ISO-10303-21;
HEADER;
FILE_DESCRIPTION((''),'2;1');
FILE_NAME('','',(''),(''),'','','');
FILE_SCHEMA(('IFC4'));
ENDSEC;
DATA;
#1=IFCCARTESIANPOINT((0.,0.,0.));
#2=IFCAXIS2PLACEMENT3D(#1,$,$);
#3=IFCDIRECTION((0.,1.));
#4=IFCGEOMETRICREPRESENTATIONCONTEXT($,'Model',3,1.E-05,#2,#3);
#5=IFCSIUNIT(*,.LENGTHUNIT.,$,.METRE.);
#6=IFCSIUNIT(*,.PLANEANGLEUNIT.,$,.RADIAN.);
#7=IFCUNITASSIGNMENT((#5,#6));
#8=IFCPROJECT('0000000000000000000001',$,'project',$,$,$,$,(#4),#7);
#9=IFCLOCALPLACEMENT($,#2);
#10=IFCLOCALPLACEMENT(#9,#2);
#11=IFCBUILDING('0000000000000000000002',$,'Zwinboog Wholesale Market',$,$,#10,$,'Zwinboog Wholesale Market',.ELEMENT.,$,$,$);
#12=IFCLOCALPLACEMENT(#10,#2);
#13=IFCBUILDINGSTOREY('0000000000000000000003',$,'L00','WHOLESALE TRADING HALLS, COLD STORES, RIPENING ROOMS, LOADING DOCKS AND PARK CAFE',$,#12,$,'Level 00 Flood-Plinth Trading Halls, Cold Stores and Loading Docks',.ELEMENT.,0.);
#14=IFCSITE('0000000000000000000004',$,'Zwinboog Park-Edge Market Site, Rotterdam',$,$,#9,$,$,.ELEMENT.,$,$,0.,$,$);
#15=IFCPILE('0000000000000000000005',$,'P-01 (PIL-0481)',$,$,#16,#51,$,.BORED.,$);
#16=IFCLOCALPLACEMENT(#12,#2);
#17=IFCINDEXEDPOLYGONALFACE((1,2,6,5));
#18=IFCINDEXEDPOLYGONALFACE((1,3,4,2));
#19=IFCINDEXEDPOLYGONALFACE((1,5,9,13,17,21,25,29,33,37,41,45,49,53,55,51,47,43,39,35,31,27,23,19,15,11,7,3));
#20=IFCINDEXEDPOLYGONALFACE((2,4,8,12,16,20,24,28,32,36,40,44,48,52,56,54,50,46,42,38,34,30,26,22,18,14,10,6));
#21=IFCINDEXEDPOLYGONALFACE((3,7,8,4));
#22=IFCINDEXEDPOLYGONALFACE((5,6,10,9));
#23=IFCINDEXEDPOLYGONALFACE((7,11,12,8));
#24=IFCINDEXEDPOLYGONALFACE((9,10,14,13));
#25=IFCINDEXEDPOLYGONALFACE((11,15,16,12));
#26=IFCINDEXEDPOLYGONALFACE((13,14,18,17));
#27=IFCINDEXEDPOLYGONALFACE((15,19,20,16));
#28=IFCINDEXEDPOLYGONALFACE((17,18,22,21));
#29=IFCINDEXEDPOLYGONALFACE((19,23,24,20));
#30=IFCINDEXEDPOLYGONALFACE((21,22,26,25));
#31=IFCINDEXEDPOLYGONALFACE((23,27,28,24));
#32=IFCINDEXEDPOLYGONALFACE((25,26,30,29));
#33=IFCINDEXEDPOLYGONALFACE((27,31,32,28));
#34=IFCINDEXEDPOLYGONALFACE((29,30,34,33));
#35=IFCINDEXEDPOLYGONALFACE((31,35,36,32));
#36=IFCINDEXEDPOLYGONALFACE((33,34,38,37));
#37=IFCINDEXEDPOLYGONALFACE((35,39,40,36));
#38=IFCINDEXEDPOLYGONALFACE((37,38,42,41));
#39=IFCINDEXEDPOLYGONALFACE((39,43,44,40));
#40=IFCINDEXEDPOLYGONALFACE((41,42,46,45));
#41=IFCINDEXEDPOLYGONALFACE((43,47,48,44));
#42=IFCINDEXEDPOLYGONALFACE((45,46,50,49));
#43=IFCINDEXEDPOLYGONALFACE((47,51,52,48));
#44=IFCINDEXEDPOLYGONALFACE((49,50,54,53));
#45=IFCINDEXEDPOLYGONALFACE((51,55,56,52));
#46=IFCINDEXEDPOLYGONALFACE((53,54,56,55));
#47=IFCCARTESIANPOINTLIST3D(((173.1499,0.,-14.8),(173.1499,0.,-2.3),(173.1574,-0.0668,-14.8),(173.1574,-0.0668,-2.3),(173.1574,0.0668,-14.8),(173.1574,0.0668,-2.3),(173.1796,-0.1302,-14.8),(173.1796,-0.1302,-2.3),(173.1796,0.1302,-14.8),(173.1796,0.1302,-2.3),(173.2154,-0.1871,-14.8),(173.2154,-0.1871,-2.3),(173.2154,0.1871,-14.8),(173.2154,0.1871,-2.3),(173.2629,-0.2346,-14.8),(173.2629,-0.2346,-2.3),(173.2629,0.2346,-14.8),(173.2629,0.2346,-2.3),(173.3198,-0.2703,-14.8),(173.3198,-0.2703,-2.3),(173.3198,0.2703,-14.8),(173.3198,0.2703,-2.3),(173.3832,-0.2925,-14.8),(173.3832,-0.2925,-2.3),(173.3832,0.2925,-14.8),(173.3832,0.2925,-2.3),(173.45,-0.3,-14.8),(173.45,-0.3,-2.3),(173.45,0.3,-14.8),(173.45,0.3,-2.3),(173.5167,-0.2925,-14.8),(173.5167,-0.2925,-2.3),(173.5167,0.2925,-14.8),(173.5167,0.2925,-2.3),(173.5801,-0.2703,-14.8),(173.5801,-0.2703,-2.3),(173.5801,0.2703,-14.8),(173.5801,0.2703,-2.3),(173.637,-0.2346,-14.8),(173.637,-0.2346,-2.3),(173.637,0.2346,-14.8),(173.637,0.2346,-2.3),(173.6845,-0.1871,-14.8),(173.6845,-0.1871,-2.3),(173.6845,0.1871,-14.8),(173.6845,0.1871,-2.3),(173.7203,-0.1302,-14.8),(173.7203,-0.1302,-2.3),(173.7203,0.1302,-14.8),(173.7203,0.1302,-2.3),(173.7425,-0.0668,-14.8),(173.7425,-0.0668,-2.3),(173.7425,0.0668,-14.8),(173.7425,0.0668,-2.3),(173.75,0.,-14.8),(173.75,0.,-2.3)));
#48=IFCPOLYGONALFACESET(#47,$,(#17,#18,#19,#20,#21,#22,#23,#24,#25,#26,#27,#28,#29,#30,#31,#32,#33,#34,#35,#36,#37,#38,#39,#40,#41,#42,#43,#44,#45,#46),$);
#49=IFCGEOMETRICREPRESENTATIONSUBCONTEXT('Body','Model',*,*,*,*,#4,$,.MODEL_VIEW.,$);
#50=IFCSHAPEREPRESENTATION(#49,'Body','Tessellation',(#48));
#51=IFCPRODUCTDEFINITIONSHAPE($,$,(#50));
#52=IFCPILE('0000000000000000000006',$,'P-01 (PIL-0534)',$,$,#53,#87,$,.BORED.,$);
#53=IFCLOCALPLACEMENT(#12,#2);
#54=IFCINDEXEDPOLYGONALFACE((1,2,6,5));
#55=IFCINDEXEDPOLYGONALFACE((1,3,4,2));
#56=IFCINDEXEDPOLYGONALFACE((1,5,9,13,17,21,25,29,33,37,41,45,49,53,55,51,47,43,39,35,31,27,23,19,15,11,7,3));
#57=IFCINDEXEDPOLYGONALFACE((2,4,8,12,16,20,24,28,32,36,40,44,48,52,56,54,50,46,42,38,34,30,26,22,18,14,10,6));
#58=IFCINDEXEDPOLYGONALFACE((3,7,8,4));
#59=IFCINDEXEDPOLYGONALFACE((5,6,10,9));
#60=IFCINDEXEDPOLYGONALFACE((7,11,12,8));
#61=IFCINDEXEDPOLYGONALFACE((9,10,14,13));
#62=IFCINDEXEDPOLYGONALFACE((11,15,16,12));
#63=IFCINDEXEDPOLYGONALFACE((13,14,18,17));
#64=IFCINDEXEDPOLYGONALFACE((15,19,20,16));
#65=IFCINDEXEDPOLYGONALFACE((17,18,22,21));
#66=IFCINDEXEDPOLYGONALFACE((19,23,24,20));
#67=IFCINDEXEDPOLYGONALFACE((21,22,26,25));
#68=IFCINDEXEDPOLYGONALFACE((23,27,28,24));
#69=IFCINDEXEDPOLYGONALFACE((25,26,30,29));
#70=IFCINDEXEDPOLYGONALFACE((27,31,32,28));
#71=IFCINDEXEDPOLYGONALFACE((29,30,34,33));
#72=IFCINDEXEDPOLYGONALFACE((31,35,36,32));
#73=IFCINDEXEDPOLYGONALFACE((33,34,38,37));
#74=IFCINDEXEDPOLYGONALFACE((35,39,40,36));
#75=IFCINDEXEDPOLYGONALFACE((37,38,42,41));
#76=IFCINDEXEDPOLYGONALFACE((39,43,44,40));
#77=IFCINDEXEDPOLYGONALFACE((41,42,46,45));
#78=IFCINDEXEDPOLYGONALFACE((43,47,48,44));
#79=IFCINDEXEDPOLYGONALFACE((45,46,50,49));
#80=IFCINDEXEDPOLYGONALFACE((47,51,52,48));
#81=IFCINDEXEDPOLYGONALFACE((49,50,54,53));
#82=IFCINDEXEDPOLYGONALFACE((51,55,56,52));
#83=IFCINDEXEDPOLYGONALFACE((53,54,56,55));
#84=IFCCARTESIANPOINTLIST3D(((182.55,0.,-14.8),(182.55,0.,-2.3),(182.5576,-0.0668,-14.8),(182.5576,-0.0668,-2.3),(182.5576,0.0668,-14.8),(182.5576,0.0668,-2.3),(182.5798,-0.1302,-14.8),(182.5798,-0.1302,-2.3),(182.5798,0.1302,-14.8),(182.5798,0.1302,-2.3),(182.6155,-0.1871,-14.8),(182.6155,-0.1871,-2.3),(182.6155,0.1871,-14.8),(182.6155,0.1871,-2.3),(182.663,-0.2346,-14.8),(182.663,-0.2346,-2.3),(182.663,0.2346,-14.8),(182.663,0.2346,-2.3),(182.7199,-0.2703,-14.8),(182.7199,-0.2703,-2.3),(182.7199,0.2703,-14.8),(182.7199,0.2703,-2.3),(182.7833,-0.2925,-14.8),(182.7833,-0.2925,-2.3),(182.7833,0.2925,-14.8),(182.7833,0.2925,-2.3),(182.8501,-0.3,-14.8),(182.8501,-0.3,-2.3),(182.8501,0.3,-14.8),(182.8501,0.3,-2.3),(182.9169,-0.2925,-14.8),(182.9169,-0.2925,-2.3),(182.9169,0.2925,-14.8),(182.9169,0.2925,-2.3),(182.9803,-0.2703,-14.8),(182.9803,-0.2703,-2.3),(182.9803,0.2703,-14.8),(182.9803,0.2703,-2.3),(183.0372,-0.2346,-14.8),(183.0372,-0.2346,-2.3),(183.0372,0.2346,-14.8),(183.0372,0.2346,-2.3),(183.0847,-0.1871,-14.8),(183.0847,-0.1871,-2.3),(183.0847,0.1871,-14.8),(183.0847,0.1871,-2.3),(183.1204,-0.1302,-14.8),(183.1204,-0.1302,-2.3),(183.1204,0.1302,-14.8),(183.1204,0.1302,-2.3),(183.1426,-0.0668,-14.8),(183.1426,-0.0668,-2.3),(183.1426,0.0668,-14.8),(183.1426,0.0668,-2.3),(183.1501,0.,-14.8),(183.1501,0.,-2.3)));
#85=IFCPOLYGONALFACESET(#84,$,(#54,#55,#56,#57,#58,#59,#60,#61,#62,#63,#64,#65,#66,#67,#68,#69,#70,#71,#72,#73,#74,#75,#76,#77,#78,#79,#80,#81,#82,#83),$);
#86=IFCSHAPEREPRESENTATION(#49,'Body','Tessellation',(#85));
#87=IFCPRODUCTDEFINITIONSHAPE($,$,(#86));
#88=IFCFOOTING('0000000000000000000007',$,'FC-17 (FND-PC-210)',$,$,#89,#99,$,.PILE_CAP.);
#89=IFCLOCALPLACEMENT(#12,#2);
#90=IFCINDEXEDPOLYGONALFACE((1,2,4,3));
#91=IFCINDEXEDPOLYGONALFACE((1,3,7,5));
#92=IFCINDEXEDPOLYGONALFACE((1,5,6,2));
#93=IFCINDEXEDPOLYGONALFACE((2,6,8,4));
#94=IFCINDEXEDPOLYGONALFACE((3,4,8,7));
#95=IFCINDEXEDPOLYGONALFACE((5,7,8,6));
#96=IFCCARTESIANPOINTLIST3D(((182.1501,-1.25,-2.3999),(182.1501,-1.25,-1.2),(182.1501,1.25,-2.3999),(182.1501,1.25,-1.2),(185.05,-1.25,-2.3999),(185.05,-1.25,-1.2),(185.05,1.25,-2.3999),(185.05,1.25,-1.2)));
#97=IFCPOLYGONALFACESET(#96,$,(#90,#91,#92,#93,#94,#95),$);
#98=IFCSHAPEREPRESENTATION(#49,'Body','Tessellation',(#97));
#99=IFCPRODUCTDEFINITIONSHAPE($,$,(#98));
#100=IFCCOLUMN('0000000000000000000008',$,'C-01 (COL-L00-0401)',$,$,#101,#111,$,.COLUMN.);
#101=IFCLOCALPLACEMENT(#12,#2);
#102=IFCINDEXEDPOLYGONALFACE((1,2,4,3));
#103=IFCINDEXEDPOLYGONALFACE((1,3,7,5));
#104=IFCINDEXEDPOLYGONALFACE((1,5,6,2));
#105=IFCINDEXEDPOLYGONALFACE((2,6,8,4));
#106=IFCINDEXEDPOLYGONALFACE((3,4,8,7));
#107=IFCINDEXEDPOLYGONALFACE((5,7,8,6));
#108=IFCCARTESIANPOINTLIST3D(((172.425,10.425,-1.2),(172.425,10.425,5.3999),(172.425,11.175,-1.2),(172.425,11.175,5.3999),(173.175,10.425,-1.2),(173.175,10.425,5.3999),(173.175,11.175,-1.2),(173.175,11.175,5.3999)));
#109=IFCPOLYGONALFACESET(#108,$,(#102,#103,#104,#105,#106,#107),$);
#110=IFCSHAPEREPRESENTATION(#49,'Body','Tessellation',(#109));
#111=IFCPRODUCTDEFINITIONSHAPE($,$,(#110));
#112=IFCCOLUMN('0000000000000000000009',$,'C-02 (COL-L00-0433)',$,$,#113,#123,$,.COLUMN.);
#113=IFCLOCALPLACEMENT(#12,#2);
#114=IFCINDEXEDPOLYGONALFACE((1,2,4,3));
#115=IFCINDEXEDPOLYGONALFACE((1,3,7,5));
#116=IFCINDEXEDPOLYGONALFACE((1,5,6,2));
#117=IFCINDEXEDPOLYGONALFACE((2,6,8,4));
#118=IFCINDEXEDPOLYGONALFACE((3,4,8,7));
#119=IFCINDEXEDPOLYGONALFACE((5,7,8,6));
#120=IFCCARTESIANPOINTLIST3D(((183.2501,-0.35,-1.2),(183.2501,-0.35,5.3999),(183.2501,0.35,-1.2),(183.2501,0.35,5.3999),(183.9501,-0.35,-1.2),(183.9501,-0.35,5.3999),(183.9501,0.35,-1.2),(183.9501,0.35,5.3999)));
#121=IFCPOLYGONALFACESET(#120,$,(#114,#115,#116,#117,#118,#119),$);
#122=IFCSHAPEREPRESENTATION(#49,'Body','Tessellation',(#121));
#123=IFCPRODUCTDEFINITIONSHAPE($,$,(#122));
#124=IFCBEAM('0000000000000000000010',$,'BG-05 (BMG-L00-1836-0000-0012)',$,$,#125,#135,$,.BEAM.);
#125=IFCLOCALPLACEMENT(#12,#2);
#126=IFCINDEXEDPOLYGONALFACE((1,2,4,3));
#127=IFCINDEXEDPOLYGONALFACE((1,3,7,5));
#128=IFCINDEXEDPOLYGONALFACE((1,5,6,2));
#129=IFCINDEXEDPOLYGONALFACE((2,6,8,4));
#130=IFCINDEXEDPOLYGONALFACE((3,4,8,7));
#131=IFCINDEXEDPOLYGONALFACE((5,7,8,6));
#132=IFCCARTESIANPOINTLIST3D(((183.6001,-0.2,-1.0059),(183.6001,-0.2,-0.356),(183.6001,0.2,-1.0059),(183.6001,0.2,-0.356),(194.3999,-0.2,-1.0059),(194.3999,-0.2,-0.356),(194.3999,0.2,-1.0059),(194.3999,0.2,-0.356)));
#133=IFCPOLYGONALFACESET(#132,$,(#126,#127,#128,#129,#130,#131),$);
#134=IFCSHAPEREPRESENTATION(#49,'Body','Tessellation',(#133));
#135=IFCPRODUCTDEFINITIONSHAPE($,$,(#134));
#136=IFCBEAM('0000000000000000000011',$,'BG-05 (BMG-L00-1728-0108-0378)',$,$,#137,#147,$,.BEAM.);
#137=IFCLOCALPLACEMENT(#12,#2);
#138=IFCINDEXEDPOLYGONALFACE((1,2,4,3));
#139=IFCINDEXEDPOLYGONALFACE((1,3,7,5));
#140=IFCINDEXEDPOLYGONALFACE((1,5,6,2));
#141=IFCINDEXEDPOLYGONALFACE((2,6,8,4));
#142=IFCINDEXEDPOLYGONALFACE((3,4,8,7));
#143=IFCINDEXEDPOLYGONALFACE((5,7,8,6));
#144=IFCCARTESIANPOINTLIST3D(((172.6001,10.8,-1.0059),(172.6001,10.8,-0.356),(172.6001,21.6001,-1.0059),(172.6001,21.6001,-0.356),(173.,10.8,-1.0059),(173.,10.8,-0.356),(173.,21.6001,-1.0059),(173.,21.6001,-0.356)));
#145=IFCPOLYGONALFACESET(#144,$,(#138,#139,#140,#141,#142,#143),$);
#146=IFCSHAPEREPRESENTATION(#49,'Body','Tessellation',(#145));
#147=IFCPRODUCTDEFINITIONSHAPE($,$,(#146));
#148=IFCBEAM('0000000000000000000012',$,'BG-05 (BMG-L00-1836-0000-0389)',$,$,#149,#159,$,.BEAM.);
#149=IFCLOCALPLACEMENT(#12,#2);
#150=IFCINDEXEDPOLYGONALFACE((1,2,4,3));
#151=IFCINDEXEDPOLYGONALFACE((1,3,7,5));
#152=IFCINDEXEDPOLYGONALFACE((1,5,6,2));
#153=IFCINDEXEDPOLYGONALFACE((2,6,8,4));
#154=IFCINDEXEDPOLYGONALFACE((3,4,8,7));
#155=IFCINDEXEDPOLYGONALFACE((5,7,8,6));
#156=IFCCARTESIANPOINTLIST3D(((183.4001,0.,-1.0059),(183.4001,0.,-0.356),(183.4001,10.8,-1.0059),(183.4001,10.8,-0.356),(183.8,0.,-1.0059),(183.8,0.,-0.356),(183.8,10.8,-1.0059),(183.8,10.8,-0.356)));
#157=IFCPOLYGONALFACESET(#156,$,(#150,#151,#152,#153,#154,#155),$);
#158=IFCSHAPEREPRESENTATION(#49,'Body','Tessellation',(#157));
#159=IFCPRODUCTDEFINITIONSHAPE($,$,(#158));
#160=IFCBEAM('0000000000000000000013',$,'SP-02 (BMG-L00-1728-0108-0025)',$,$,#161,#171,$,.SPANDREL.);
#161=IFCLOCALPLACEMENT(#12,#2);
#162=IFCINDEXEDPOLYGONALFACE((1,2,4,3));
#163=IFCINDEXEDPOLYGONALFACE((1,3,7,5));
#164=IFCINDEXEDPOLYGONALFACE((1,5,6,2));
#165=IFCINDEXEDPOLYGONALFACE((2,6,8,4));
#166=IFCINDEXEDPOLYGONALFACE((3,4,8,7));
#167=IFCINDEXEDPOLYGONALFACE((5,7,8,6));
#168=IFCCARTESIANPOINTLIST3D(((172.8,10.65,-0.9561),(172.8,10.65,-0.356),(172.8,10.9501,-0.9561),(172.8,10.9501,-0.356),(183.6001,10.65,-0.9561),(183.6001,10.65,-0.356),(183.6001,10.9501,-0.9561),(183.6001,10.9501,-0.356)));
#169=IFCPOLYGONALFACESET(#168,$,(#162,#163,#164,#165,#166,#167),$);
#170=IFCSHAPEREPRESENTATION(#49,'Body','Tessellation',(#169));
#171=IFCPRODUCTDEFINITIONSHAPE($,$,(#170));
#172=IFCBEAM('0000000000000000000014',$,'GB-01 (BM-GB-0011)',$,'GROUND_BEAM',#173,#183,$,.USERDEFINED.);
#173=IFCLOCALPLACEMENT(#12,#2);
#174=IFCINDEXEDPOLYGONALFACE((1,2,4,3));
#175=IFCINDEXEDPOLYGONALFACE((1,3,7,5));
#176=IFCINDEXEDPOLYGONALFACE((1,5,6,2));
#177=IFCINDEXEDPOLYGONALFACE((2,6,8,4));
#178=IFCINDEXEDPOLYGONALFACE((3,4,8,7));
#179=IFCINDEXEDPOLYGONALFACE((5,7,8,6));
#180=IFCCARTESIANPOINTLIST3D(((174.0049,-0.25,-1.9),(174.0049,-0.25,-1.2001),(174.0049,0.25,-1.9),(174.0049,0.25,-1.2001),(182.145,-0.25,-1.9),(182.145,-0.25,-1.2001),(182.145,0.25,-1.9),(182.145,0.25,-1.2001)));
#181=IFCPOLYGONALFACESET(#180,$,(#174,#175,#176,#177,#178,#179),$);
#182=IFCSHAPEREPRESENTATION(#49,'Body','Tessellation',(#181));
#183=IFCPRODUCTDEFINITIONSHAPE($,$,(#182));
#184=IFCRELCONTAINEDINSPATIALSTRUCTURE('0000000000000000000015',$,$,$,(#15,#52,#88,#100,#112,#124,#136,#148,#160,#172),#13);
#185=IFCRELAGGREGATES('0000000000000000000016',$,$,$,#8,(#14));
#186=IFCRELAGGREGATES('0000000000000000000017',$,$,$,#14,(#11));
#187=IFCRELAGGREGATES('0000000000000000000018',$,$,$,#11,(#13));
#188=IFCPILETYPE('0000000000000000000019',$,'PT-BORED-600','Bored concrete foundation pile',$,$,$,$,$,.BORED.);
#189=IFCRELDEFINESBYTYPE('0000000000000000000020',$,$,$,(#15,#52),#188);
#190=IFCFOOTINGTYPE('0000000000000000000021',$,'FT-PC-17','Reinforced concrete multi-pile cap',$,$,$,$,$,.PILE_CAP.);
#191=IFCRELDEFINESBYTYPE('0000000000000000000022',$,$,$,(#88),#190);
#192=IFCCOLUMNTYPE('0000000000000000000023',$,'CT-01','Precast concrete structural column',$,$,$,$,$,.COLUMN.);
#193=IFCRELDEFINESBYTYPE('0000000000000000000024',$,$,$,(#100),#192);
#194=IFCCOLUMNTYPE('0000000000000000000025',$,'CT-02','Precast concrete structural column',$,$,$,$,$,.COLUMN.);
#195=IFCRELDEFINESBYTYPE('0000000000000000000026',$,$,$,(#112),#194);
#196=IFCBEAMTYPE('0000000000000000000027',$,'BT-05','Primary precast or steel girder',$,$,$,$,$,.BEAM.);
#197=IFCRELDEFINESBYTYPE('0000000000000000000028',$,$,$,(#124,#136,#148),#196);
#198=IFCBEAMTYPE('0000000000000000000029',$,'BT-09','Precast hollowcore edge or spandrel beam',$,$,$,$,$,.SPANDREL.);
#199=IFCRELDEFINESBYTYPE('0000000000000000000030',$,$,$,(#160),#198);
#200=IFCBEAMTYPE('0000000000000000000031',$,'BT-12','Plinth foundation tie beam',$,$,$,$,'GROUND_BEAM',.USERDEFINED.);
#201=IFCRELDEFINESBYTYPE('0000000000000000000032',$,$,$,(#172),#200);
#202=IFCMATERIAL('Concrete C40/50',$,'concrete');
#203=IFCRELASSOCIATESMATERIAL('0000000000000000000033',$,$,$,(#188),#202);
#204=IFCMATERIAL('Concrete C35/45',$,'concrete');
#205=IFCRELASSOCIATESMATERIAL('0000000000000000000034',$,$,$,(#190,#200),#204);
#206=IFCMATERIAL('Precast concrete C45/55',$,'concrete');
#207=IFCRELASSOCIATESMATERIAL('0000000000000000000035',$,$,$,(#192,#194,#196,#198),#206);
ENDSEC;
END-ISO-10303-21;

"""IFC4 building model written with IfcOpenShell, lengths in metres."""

from ifc_helpers import new_model, si_unit, direction, frame, origin, origin_2d, place, context, subcontext, project, spatial, rectangle, circle, extrude, material, material_profile, profile_set, type_object, element, save


model = new_model("IFC4")

# Units and contexts
model_context = context("Model", 3, precision=1e-05, world=origin(), true_north=direction((0.0, 1.0)))
body_context = subcontext(model_context, "Body", "Model", "MODEL_VIEW")
ifc_project = project(units=[si_unit("LENGTHUNIT", "METRE"), si_unit("PLANEANGLEUNIT", "RADIAN")], contexts=[model_context])

# Site, building, storey
site_placement = place(None, origin())
site = spatial("IfcSite", under=ifc_project, at=site_placement, Name="Zwinboog Park-Edge Market Site, Rotterdam", CompositionType="ELEMENT", RefElevation=0.0)
building_placement = place(site_placement, origin())
building = spatial("IfcBuilding", under=site, at=building_placement, Name="Zwinboog Wholesale Market", LongName="Zwinboog Wholesale Market", CompositionType="ELEMENT")
storey_placement = place(building_placement, origin())
storey = spatial("IfcBuildingStorey", under=building, at=storey_placement, Name="L00", Description="WHOLESALE TRADING HALLS, COLD STORES, RIPENING ROOMS, LOADING DOCKS AND PARK CAFE", LongName="Level 00 Flood-Plinth Trading Halls, Cold Stores and Loading Docks", CompositionType="ELEMENT", Elevation=0.0)

# Piles
ifc_material_1 = material(Name="Concrete C40/50", Category="concrete")
ifc_material_profile_1 = material_profile(ifc_material_1, circle(Radius=0.3, at=origin_2d()), Name="PILE D600")
ifc_profile_set_1 = profile_set([ifc_material_profile_1], Name="Concrete C40/50")
pile_type = type_object("IfcPileType", Name="PT-BORED-600", Description="Bored concrete foundation pile", PredefinedType="BORED", material=ifc_profile_set_1)
for number, where, z_axis, x_axis, name in (
    (1, (173.45, 0.0, -2.3), (0.0, 0.0, -1.0), (1.0, 0.0, 0.0), "P-01 (PIL-0481)"),
    (2, (182.8501, 0.0, -2.3), (0.0, 0.0, -1.0), (1.0, 0.0, 0.0), "P-01 (PIL-0534)"),
):
    element("IfcPile", number, at=place(storey_placement, frame(where, z_axis=z_axis, x_axis=x_axis)), inside=storey, type_object=pile_type, Name=name, PredefinedType="BORED", context=body_context, shape_type="SweptSolid", body=[
        extrude(circle(Radius=0.3, at=origin_2d()), origin(), (0.0, 0.0, 1.0), 12.5),
    ])

# Footing
ifc_material_2 = material(Name="Concrete C35/45", Category="concrete")
footing_type = type_object("IfcFootingType", Name="FT-PC-17", Description="Reinforced concrete multi-pile cap", PredefinedType="PILE_CAP", material=ifc_material_2)
footing_placement = place(storey_placement, frame((183.6001, 0.0, -2.3999), z_axis=(0.0, 0.0, 1.0), x_axis=(1.0, 0.0, 0.0)))
element("IfcFooting", 3, at=footing_placement, inside=storey, type_object=footing_type, Name="FC-17 (FND-PC-210)", PredefinedType="PILE_CAP", context=body_context, shape_type="SweptSolid", body=[
    extrude(rectangle(XDim=2.8999, YDim=2.5, at=origin_2d()), origin(), (0.0, 0.0, 1.0), 1.2),
])

# Columns
ifc_material_3 = material(Name="Precast concrete C45/55", Category="concrete")
ifc_material_profile_2 = material_profile(ifc_material_3, rectangle(XDim=0.75, YDim=0.75, at=origin_2d()), Name="PC 750x750")
ifc_profile_set_2 = profile_set([ifc_material_profile_2], Name="Precast concrete C45/55")
column_type_1 = type_object("IfcColumnType", Name="CT-01", Description="Precast concrete structural column", PredefinedType="COLUMN", material=ifc_profile_set_2)
column_1_placement = place(storey_placement, frame((172.8, 10.8, -1.2), z_axis=(0.0, 0.0, 1.0), x_axis=(1.0, 0.0, 0.0)))
element("IfcColumn", 4, at=column_1_placement, inside=storey, type_object=column_type_1, Name="C-01 (COL-L00-0401)", PredefinedType="COLUMN", context=body_context, shape_type="SweptSolid", body=[
    extrude(rectangle(XDim=0.75, YDim=0.75, at=origin_2d()), origin(), (0.0, 0.0, 1.0), 6.5999),
])
ifc_material_profile_3 = material_profile(ifc_material_3, rectangle(XDim=0.7, YDim=0.7, at=origin_2d()), Name="PC 700x700")
ifc_profile_set_3 = profile_set([ifc_material_profile_3], Name="Precast concrete C45/55")
column_type_2 = type_object("IfcColumnType", Name="CT-02", Description="Precast concrete structural column", PredefinedType="COLUMN", material=ifc_profile_set_3)
column_2_placement = place(storey_placement, frame((183.6001, 0.0, -1.2), z_axis=(0.0, 0.0, 1.0), x_axis=(1.0, 0.0, 0.0)))
element("IfcColumn", 5, at=column_2_placement, inside=storey, type_object=column_type_2, Name="C-02 (COL-L00-0433)", PredefinedType="COLUMN", context=body_context, shape_type="SweptSolid", body=[
    extrude(rectangle(XDim=0.7, YDim=0.7, at=origin_2d()), origin(), (0.0, 0.0, 1.0), 6.5999),
])

# Beams
ifc_material_profile_4 = material_profile(ifc_material_3, rectangle(XDim=0.3999, YDim=0.6499, at=origin_2d()), Name="PC 400x650")
ifc_profile_set_4 = profile_set([ifc_material_profile_4], Name="Precast concrete C45/55")
beam_type_1 = type_object("IfcBeamType", Name="BT-05", Description="Primary precast or steel girder", PredefinedType="BEAM", material=ifc_profile_set_4)
beam_1_placement = place(storey_placement, frame((183.6001, 0.0, -0.6809), z_axis=(1.0, 0.0, 0.0), x_axis=(0.0, 1.0, 0.0)))
element("IfcBeam", 6, at=beam_1_placement, inside=storey, type_object=beam_type_1, Name="BG-05 (BMG-L00-1836-0000-0012)", PredefinedType="BEAM", context=body_context, shape_type="SweptSolid", body=[
    extrude(rectangle(XDim=0.3999, YDim=0.6499, at=origin_2d()), origin(), (0.0, 0.0, 1.0), 10.7998),
])
for number, where, z_axis, x_axis, name in (
    (7, (172.8, 10.8, -0.6809), (0.0, 1.0, 0.0), (-1.0, 0.0, 0.0), "BG-05 (BMG-L00-1728-0108-0378)"),
    (8, (183.6001, 0.0, -0.6809), (0.0, 1.0, 0.0), (-1.0, 0.0, 0.0), "BG-05 (BMG-L00-1836-0000-0389)"),
):
    element("IfcBeam", number, at=place(storey_placement, frame(where, z_axis=z_axis, x_axis=x_axis)), inside=storey, type_object=beam_type_1, Name=name, PredefinedType="BEAM", context=body_context, shape_type="SweptSolid", body=[
        extrude(rectangle(XDim=0.3999, YDim=0.6499, at=origin_2d()), origin(), (0.0, 0.0, 1.0), 10.8),
    ])
ifc_material_profile_5 = material_profile(ifc_material_3, rectangle(XDim=0.3, YDim=0.6001, at=origin_2d()), Name="PC 300x600")
ifc_profile_set_5 = profile_set([ifc_material_profile_5], Name="Precast concrete C45/55")
beam_type_2 = type_object("IfcBeamType", Name="BT-09", Description="Precast hollowcore edge or spandrel beam", PredefinedType="SPANDREL", material=ifc_profile_set_5)
beam_2_placement = place(storey_placement, frame((172.8, 10.8, -0.656), z_axis=(1.0, 0.0, 0.0), x_axis=(0.0, 1.0, 0.0)))
element("IfcBeam", 9, at=beam_2_placement, inside=storey, type_object=beam_type_2, Name="SP-02 (BMG-L00-1728-0108-0025)", PredefinedType="SPANDREL", context=body_context, shape_type="SweptSolid", body=[
    extrude(rectangle(XDim=0.3, YDim=0.6001, at=origin_2d()), origin(), (0.0, 0.0, 1.0), 10.8),
])
ifc_material_profile_6 = material_profile(ifc_material_2, rectangle(XDim=0.5, YDim=0.7, at=origin_2d()), Name="RC 500x700")
ifc_profile_set_6 = profile_set([ifc_material_profile_6], Name="Concrete C35/45")
beam_type_3 = type_object("IfcBeamType", Name="BT-12", Description="Plinth foundation tie beam", ElementType="GROUND_BEAM", PredefinedType="USERDEFINED", material=ifc_profile_set_6)
beam_3_placement = place(storey_placement, frame((174.0049, 0.0, -1.55), z_axis=(1.0, 0.0, 0.0), x_axis=(0.0, 1.0, 0.0)))
element("IfcBeam", 10, at=beam_3_placement, inside=storey, type_object=beam_type_3, Name="GB-01 (BM-GB-0011)", ObjectType="GROUND_BEAM", PredefinedType="USERDEFINED", context=body_context, shape_type="SweptSolid", body=[
    extrude(rectangle(XDim=0.5, YDim=0.7, at=origin_2d()), origin(), (0.0, 0.0, 1.0), 8.1401),
])

save(model, "model.ifc")
